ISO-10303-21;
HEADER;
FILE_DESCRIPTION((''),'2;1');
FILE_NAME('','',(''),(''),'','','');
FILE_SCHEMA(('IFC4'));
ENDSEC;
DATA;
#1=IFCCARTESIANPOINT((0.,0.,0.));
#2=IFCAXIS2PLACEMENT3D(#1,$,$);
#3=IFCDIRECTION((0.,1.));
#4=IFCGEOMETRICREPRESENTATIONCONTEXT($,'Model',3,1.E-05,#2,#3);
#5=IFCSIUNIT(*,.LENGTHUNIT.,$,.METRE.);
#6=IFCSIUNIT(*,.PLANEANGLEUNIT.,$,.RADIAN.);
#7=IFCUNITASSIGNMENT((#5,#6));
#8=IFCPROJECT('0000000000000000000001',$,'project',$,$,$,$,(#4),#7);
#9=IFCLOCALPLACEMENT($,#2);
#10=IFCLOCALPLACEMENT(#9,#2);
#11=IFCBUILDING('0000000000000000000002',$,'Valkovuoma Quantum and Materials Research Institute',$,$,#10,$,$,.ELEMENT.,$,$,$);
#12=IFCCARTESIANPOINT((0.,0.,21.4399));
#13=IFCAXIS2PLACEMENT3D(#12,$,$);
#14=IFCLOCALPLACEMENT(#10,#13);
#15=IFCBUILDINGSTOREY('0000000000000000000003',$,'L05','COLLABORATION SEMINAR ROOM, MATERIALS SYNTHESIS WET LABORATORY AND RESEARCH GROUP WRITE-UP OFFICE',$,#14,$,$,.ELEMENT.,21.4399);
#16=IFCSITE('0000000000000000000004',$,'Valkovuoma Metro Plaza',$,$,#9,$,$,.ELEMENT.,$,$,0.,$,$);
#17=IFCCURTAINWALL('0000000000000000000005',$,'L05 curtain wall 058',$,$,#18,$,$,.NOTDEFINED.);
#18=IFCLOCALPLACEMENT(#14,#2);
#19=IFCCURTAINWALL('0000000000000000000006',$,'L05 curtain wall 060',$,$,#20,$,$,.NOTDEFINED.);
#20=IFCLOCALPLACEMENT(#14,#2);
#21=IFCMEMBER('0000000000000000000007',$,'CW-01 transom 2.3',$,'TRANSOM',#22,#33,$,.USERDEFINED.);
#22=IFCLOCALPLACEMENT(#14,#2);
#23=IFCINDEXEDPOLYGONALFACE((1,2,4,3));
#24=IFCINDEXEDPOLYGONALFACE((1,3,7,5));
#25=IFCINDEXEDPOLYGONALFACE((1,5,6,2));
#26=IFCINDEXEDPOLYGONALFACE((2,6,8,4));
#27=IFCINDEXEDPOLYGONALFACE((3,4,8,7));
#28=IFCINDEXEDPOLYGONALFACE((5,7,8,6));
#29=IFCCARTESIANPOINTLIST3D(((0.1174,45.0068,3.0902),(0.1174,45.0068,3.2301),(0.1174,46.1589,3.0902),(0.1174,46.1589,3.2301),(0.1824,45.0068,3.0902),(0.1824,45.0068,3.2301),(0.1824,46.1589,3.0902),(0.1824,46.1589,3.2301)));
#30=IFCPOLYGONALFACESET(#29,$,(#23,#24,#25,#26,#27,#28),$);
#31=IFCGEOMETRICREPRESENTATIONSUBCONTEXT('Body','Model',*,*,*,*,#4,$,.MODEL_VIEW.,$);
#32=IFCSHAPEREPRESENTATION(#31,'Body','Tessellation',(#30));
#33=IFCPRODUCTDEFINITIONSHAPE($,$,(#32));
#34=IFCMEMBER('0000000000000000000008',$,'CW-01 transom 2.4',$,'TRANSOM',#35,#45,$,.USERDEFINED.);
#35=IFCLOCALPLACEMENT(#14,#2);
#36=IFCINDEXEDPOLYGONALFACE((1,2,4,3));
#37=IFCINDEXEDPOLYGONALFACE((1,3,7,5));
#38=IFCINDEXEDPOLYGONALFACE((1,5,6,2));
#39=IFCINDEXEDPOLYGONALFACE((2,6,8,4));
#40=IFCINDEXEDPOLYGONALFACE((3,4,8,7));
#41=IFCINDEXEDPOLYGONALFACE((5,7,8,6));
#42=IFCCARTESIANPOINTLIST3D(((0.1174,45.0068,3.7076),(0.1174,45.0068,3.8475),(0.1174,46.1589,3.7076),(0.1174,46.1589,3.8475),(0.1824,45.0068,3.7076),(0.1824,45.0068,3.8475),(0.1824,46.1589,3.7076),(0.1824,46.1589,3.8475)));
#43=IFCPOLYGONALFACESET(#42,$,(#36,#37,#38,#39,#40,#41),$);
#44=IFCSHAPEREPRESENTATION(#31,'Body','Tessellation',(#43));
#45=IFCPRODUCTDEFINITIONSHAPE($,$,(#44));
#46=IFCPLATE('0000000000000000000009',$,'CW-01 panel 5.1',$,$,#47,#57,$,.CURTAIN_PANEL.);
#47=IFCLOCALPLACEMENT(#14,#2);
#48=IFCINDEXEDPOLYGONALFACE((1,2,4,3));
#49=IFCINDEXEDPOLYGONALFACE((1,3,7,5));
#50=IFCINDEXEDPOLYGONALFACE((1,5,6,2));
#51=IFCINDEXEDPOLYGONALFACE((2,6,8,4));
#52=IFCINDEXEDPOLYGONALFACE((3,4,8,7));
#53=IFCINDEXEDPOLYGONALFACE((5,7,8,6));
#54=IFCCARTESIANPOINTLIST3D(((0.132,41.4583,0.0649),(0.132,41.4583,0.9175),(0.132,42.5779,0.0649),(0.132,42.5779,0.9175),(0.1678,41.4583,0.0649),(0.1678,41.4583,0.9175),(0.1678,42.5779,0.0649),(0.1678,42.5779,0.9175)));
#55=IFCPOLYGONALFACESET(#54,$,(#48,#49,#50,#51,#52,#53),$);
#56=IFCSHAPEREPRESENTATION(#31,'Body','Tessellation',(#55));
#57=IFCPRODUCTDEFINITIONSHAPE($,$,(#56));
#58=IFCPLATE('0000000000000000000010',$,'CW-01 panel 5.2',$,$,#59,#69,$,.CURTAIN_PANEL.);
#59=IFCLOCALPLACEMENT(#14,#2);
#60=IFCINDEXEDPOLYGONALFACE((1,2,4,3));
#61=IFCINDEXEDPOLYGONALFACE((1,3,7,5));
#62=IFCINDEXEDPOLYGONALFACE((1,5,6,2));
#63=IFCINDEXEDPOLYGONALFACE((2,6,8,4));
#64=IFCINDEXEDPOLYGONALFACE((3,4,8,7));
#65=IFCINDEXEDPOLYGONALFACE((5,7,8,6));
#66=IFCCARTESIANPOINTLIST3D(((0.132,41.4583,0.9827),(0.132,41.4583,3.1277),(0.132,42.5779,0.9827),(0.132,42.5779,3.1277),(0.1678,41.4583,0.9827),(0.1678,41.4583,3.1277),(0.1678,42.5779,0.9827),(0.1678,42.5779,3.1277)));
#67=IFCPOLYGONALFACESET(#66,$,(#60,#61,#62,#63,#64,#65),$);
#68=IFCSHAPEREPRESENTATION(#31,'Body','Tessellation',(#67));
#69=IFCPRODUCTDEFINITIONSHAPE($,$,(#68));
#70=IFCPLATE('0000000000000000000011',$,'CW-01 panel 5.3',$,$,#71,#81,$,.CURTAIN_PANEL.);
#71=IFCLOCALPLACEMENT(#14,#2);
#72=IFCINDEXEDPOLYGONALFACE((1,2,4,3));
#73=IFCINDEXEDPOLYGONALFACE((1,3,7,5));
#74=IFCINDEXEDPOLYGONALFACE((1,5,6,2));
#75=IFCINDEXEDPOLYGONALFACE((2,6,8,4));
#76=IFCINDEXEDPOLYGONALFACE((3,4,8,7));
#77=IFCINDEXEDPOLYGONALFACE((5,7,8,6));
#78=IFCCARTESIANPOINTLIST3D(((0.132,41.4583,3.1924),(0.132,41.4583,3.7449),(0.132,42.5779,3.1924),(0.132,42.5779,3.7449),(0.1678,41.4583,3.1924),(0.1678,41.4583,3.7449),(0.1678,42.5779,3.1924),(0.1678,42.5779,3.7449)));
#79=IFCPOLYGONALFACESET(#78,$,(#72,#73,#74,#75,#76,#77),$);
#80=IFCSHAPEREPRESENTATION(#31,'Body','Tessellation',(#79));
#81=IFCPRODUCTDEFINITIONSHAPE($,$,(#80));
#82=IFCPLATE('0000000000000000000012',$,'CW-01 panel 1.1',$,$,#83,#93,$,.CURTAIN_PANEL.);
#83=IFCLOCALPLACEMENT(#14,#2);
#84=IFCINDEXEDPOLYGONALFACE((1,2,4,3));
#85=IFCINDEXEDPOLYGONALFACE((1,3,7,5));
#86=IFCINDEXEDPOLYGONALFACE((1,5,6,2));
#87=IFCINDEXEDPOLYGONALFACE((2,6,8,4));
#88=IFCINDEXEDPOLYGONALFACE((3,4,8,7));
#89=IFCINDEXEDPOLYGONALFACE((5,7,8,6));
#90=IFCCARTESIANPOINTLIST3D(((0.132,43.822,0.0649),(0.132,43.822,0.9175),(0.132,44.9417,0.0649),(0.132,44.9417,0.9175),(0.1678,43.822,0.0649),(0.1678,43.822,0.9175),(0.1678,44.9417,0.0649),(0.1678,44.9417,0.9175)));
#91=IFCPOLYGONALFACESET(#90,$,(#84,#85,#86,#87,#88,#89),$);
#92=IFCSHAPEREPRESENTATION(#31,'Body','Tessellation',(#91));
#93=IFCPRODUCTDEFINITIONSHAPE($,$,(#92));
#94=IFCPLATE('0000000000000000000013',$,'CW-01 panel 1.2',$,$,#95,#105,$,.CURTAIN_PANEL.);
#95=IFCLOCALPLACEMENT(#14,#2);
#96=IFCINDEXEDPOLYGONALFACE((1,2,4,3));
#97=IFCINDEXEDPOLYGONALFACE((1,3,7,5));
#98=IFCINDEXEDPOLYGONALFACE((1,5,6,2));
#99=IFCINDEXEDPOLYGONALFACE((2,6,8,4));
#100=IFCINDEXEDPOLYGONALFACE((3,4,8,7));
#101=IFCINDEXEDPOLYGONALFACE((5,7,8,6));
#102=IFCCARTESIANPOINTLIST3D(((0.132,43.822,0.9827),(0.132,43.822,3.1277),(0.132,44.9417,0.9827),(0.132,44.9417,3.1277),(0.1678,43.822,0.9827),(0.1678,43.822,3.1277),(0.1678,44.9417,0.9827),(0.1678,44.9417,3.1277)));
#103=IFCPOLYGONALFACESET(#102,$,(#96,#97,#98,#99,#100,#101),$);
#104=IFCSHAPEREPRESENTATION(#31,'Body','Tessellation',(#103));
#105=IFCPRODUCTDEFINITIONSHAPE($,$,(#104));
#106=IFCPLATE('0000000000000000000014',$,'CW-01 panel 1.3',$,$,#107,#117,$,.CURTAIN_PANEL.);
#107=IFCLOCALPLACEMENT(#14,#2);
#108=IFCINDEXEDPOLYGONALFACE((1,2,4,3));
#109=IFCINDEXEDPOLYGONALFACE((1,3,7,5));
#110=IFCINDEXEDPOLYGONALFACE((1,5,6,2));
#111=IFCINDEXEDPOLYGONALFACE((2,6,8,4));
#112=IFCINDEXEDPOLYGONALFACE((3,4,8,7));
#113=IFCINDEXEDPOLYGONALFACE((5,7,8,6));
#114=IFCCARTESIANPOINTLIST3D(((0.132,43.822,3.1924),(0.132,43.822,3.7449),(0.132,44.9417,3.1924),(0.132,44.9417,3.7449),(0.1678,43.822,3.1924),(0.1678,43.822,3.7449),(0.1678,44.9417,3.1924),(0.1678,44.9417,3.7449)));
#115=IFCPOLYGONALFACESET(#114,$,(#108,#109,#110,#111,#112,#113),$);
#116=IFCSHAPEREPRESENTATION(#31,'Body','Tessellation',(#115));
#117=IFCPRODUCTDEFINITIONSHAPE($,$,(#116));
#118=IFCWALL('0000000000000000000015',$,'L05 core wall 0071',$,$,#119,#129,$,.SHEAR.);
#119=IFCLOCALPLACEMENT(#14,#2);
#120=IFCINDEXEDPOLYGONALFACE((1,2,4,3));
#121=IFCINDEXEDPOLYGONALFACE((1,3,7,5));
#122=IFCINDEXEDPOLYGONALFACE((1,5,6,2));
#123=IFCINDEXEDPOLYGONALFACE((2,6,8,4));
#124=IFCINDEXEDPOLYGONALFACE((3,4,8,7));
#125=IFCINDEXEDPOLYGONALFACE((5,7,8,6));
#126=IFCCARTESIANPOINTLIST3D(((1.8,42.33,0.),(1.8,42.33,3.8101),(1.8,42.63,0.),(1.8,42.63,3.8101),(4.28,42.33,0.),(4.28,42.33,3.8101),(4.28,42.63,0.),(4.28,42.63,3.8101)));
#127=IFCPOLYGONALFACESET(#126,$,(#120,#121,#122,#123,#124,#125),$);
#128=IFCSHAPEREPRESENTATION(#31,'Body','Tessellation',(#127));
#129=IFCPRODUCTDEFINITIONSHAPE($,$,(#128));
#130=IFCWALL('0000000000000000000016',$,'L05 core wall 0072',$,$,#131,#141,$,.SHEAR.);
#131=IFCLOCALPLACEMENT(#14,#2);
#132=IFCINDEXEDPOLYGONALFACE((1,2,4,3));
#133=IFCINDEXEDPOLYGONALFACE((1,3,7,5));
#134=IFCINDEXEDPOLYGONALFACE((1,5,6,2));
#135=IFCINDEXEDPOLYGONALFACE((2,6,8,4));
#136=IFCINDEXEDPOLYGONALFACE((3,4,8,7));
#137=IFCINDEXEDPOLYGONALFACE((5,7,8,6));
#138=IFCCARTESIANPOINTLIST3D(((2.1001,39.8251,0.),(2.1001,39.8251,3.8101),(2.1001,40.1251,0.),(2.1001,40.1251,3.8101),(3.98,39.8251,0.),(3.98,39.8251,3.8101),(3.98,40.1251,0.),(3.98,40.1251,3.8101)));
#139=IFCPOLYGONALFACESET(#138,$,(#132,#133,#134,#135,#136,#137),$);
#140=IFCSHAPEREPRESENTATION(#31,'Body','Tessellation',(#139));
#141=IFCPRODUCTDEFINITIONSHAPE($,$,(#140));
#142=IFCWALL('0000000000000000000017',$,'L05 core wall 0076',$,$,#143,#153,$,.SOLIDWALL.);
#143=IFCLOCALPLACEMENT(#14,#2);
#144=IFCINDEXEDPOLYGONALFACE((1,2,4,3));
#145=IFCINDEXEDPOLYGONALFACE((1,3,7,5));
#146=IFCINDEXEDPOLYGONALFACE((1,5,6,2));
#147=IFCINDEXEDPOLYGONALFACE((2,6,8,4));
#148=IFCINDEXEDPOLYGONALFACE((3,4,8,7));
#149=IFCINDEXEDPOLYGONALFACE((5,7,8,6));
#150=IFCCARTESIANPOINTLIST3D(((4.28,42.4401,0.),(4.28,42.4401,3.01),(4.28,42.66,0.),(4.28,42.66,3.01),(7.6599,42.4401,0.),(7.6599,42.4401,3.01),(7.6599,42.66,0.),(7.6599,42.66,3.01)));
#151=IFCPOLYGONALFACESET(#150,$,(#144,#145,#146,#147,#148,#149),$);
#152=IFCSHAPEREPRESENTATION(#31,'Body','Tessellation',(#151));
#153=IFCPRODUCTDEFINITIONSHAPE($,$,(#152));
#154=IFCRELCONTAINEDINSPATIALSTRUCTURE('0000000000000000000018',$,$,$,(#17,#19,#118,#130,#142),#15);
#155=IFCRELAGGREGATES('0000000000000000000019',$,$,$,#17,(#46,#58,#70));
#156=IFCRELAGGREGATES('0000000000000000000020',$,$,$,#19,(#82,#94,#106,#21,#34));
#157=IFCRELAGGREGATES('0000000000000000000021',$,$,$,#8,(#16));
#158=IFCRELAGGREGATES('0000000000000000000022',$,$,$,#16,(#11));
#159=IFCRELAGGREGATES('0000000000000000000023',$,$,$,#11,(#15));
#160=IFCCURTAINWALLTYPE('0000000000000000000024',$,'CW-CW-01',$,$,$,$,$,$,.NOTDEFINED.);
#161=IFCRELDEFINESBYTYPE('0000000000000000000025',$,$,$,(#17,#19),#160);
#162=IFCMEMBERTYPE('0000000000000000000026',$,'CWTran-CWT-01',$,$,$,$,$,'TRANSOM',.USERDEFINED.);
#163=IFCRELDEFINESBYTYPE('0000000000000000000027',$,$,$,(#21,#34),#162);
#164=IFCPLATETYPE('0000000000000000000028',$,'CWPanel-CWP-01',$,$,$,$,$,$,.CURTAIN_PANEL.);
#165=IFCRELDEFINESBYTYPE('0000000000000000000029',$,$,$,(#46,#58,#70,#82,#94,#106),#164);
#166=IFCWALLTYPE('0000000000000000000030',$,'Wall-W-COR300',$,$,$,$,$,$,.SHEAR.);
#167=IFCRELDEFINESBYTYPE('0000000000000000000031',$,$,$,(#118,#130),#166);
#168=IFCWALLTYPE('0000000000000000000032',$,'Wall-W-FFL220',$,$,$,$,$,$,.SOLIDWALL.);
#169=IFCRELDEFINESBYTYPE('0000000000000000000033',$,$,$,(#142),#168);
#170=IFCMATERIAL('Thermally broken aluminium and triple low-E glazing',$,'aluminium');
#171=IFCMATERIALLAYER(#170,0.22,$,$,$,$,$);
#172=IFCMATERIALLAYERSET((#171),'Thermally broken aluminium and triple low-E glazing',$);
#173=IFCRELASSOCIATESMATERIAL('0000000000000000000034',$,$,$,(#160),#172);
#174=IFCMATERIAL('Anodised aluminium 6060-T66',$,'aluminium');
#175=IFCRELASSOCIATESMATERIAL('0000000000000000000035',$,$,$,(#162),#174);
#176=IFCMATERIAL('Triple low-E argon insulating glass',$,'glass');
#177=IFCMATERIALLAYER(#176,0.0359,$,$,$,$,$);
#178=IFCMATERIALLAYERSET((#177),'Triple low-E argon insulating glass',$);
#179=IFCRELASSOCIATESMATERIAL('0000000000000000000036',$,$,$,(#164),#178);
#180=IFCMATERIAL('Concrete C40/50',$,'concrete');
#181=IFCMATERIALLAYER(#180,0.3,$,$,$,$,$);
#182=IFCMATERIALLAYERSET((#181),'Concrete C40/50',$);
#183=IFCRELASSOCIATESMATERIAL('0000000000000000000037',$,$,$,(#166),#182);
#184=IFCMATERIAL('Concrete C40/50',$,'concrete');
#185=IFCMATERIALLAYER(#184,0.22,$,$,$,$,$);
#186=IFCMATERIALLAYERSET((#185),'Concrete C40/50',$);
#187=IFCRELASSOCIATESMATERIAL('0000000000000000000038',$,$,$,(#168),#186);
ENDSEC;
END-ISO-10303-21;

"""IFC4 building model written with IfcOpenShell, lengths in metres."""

from ifc_helpers import new_model, si_unit, direction, frame, frame_2d, origin, origin_2d, place, context, subcontext, project, spatial, rectangle, extrude, material, layer, layer_set, material_profile, profile_set, type_object, element, aggregate, save


model = new_model("IFC4")

# Units and contexts
model_context = context("Model", 3, precision=1e-05, world=origin(), true_north=direction((0.0, 1.0)))
body_context = subcontext(model_context, "Body", "Model", "MODEL_VIEW")
ifc_project = project(units=[si_unit("LENGTHUNIT", "METRE"), si_unit("PLANEANGLEUNIT", "RADIAN")], contexts=[model_context])

# Site, building, storey
site_placement = place(None, origin())
site = spatial("IfcSite", under=ifc_project, at=site_placement, Name="Valkovuoma Metro Plaza", CompositionType="ELEMENT", RefElevation=0.0)
building_placement = place(site_placement, origin())
building = spatial("IfcBuilding", under=site, at=building_placement, Name="Valkovuoma Quantum and Materials Research Institute", CompositionType="ELEMENT")
storey_placement = place(building_placement, frame((0.0, 0.0, 21.4399)))
storey = spatial("IfcBuildingStorey", under=building, at=storey_placement, Name="L05", Description="COLLABORATION SEMINAR ROOM, MATERIALS SYNTHESIS WET LABORATORY AND RESEARCH GROUP WRITE-UP OFFICE", CompositionType="ELEMENT", Elevation=21.4399)

# Curtain wall
ifc_material_1 = material(Name="Thermally broken aluminium and triple low-E glazing", Category="aluminium")
ifc_layer_1 = layer(ifc_material_1, 0.22)
ifc_layer_set_1 = layer_set([ifc_layer_1], Name="Thermally broken aluminium and triple low-E glazing")
curtain_wall_type = type_object("IfcCurtainWallType", Name="CW-CW-01", PredefinedType="NOTDEFINED", material=ifc_layer_set_1)
curtain_wall_1_placement = place(storey_placement, origin())
curtain_wall_1 = element("IfcCurtainWall", 1, at=curtain_wall_1_placement, inside=storey, type_object=curtain_wall_type, Name="L05 curtain wall 058", PredefinedType="NOTDEFINED")

# Curtain wall, members
curtain_wall_2_placement = place(storey_placement, origin())
curtain_wall_2 = element("IfcCurtainWall", 2, at=curtain_wall_2_placement, inside=storey, type_object=curtain_wall_type, Name="L05 curtain wall 060", PredefinedType="NOTDEFINED")
ifc_material_2 = material(Name="Anodised aluminium 6060-T66", Category="aluminium")
ifc_material_profile_1 = material_profile(ifc_material_2, rectangle(XDim=0.0649, YDim=0.1399, at=origin_2d()), Name="Anodised aluminium 6060-T66")
ifc_profile_set_1 = profile_set([ifc_material_profile_1], Name="Anodised aluminium 6060-T66")
member_type_1 = type_object("IfcMemberType", Name="CWTran-CWT-01", ElementType="TRANSOM", PredefinedType="USERDEFINED", material=ifc_profile_set_1)
member_1_placement = place(storey_placement, frame((0.1499, 45.0068, 3.1602), z_axis=(0.0, 1.0, 0.0), x_axis=(-1.0, 0.0, 0.0)))
member_1 = element("IfcMember", 3, at=member_1_placement, type_object=member_type_1, Name="CW-01 transom 2.3", ObjectType="TRANSOM", PredefinedType="USERDEFINED", context=body_context, shape_type="SweptSolid", body=[
    extrude(rectangle(XDim=0.0649, YDim=0.1399, at=origin_2d()), origin(), (0.0, 0.0, 1.0), 1.1521),
])
member_2_placement = place(storey_placement, frame((0.1499, 45.0068, 3.7776), z_axis=(0.0, 1.0, 0.0), x_axis=(-1.0, 0.0, 0.0)))
member_2 = element("IfcMember", 4, at=member_2_placement, type_object=member_type_1, Name="CW-01 transom 2.4", ObjectType="TRANSOM", PredefinedType="USERDEFINED", context=body_context, shape_type="SweptSolid", body=[
    extrude(rectangle(XDim=0.0649, YDim=0.1399, at=origin_2d()), origin(), (0.0, 0.0, 1.0), 1.1521),
])

# Plates
ifc_material_3 = material(Name="Triple low-E argon insulating glass", Category="glass")
ifc_layer_2 = layer(ifc_material_3, 0.0359)
ifc_layer_set_2 = layer_set([ifc_layer_2], Name="Triple low-E argon insulating glass")
plate_type = type_object("IfcPlateType", Name="CWPanel-CWP-01", PredefinedType="CURTAIN_PANEL", material=ifc_layer_set_2)
plate_1_placement = place(storey_placement, frame((0.1499, 42.0181, 0.0649), z_axis=(0.0, 0.0, 1.0), x_axis=(0.0, 1.0, 0.0)))
plate_1 = element("IfcPlate", 5, at=plate_1_placement, type_object=plate_type, Name="CW-01 panel 5.1", PredefinedType="CURTAIN_PANEL", context=body_context, shape_type="SweptSolid", body=[
    extrude(rectangle(XDim=1.1196, YDim=0.0359, at=origin_2d()), origin(), (0.0, 0.0, 1.0), 0.8525),
])
plate_2_placement = place(storey_placement, frame((0.1499, 42.0181, 0.9827), z_axis=(0.0, 0.0, 1.0), x_axis=(0.0, 1.0, 0.0)))
plate_2 = element("IfcPlate", 6, at=plate_2_placement, type_object=plate_type, Name="CW-01 panel 5.2", PredefinedType="CURTAIN_PANEL", context=body_context, shape_type="SweptSolid", body=[
    extrude(rectangle(XDim=1.1196, YDim=0.0359, at=origin_2d()), origin(), (0.0, 0.0, 1.0), 2.145),
])
plate_3_placement = place(storey_placement, frame((0.1499, 42.0181, 3.1924), z_axis=(0.0, 0.0, 1.0), x_axis=(0.0, 1.0, 0.0)))
plate_3 = element("IfcPlate", 7, at=plate_3_placement, type_object=plate_type, Name="CW-01 panel 5.3", PredefinedType="CURTAIN_PANEL", context=body_context, shape_type="SweptSolid", body=[
    extrude(rectangle(XDim=1.1196, YDim=0.0359, at=origin_2d()), origin(), (0.0, 0.0, 1.0), 0.5525),
])
aggregate(curtain_wall_1, [plate_1, plate_2, plate_3])
plate_4_placement = place(storey_placement, frame((0.1499, 44.3818, 0.0649), z_axis=(0.0, 0.0, 1.0), x_axis=(0.0, 1.0, 0.0)))
plate_4 = element("IfcPlate", 8, at=plate_4_placement, type_object=plate_type, Name="CW-01 panel 1.1", PredefinedType="CURTAIN_PANEL", context=body_context, shape_type="SweptSolid", body=[
    extrude(rectangle(XDim=1.1196, YDim=0.0359, at=origin_2d()), origin(), (0.0, 0.0, 1.0), 0.8525),
])
plate_5_placement = place(storey_placement, frame((0.1499, 44.3818, 0.9827), z_axis=(0.0, 0.0, 1.0), x_axis=(0.0, 1.0, 0.0)))
plate_5 = element("IfcPlate", 9, at=plate_5_placement, type_object=plate_type, Name="CW-01 panel 1.2", PredefinedType="CURTAIN_PANEL", context=body_context, shape_type="SweptSolid", body=[
    extrude(rectangle(XDim=1.1196, YDim=0.0359, at=origin_2d()), origin(), (0.0, 0.0, 1.0), 2.145),
])
plate_6_placement = place(storey_placement, frame((0.1499, 44.3818, 3.1924), z_axis=(0.0, 0.0, 1.0), x_axis=(0.0, 1.0, 0.0)))
plate_6 = element("IfcPlate", 10, at=plate_6_placement, type_object=plate_type, Name="CW-01 panel 1.3", PredefinedType="CURTAIN_PANEL", context=body_context, shape_type="SweptSolid", body=[
    extrude(rectangle(XDim=1.1196, YDim=0.0359, at=origin_2d()), origin(), (0.0, 0.0, 1.0), 0.5525),
])
aggregate(curtain_wall_2, [plate_4, plate_5, plate_6, member_1, member_2])

# Walls
ifc_material_4 = material(Name="Concrete C40/50", Category="concrete")
ifc_layer_3 = layer(ifc_material_4, 0.3)
ifc_layer_set_3 = layer_set([ifc_layer_3], Name="Concrete C40/50")
wall_type_1 = type_object("IfcWallType", Name="Wall-W-COR300", PredefinedType="SHEAR", material=ifc_layer_set_3)
wall_1_placement = place(storey_placement, frame((1.8, 42.48, 0.0), z_axis=(0.0, 0.0, 1.0), x_axis=(1.0, 0.0, 0.0)))
element("IfcWall", 11, at=wall_1_placement, inside=storey, type_object=wall_type_1, Name="L05 core wall 0071", PredefinedType="SHEAR", context=body_context, shape_type="SweptSolid", body=[
    extrude(rectangle(XDim=2.48, YDim=0.3, at=frame_2d((1.24, 0.0))), origin(), (0.0, 0.0, 1.0), 3.8101),
])
wall_2_placement = place(storey_placement, frame((2.1001, 39.9751, 0.0), z_axis=(0.0, 0.0, 1.0), x_axis=(1.0, 0.0, 0.0)))
element("IfcWall", 12, at=wall_2_placement, inside=storey, type_object=wall_type_1, Name="L05 core wall 0072", PredefinedType="SHEAR", context=body_context, shape_type="SweptSolid", body=[
    extrude(rectangle(XDim=1.8799, YDim=0.3, at=frame_2d((0.9399, 0.0))), origin(), (0.0, 0.0, 1.0), 3.8101),
])
ifc_material_5 = material(Name="Concrete C40/50", Category="concrete")
ifc_layer_4 = layer(ifc_material_5, 0.22)
ifc_layer_set_4 = layer_set([ifc_layer_4], Name="Concrete C40/50")
wall_type_2 = type_object("IfcWallType", Name="Wall-W-FFL220", PredefinedType="SOLIDWALL", material=ifc_layer_set_4)
wall_3_placement = place(storey_placement, frame((4.28, 42.55, 0.0), z_axis=(0.0, 0.0, 1.0), x_axis=(1.0, 0.0, 0.0)))
element("IfcWall", 13, at=wall_3_placement, inside=storey, type_object=wall_type_2, Name="L05 core wall 0076", PredefinedType="SOLIDWALL", context=body_context, shape_type="SweptSolid", body=[
    extrude(rectangle(XDim=3.3799, YDim=0.22, at=frame_2d((1.6899, 0.0))), origin(), (0.0, 0.0, 1.0), 3.01),
])

save(model, "model.ifc")
